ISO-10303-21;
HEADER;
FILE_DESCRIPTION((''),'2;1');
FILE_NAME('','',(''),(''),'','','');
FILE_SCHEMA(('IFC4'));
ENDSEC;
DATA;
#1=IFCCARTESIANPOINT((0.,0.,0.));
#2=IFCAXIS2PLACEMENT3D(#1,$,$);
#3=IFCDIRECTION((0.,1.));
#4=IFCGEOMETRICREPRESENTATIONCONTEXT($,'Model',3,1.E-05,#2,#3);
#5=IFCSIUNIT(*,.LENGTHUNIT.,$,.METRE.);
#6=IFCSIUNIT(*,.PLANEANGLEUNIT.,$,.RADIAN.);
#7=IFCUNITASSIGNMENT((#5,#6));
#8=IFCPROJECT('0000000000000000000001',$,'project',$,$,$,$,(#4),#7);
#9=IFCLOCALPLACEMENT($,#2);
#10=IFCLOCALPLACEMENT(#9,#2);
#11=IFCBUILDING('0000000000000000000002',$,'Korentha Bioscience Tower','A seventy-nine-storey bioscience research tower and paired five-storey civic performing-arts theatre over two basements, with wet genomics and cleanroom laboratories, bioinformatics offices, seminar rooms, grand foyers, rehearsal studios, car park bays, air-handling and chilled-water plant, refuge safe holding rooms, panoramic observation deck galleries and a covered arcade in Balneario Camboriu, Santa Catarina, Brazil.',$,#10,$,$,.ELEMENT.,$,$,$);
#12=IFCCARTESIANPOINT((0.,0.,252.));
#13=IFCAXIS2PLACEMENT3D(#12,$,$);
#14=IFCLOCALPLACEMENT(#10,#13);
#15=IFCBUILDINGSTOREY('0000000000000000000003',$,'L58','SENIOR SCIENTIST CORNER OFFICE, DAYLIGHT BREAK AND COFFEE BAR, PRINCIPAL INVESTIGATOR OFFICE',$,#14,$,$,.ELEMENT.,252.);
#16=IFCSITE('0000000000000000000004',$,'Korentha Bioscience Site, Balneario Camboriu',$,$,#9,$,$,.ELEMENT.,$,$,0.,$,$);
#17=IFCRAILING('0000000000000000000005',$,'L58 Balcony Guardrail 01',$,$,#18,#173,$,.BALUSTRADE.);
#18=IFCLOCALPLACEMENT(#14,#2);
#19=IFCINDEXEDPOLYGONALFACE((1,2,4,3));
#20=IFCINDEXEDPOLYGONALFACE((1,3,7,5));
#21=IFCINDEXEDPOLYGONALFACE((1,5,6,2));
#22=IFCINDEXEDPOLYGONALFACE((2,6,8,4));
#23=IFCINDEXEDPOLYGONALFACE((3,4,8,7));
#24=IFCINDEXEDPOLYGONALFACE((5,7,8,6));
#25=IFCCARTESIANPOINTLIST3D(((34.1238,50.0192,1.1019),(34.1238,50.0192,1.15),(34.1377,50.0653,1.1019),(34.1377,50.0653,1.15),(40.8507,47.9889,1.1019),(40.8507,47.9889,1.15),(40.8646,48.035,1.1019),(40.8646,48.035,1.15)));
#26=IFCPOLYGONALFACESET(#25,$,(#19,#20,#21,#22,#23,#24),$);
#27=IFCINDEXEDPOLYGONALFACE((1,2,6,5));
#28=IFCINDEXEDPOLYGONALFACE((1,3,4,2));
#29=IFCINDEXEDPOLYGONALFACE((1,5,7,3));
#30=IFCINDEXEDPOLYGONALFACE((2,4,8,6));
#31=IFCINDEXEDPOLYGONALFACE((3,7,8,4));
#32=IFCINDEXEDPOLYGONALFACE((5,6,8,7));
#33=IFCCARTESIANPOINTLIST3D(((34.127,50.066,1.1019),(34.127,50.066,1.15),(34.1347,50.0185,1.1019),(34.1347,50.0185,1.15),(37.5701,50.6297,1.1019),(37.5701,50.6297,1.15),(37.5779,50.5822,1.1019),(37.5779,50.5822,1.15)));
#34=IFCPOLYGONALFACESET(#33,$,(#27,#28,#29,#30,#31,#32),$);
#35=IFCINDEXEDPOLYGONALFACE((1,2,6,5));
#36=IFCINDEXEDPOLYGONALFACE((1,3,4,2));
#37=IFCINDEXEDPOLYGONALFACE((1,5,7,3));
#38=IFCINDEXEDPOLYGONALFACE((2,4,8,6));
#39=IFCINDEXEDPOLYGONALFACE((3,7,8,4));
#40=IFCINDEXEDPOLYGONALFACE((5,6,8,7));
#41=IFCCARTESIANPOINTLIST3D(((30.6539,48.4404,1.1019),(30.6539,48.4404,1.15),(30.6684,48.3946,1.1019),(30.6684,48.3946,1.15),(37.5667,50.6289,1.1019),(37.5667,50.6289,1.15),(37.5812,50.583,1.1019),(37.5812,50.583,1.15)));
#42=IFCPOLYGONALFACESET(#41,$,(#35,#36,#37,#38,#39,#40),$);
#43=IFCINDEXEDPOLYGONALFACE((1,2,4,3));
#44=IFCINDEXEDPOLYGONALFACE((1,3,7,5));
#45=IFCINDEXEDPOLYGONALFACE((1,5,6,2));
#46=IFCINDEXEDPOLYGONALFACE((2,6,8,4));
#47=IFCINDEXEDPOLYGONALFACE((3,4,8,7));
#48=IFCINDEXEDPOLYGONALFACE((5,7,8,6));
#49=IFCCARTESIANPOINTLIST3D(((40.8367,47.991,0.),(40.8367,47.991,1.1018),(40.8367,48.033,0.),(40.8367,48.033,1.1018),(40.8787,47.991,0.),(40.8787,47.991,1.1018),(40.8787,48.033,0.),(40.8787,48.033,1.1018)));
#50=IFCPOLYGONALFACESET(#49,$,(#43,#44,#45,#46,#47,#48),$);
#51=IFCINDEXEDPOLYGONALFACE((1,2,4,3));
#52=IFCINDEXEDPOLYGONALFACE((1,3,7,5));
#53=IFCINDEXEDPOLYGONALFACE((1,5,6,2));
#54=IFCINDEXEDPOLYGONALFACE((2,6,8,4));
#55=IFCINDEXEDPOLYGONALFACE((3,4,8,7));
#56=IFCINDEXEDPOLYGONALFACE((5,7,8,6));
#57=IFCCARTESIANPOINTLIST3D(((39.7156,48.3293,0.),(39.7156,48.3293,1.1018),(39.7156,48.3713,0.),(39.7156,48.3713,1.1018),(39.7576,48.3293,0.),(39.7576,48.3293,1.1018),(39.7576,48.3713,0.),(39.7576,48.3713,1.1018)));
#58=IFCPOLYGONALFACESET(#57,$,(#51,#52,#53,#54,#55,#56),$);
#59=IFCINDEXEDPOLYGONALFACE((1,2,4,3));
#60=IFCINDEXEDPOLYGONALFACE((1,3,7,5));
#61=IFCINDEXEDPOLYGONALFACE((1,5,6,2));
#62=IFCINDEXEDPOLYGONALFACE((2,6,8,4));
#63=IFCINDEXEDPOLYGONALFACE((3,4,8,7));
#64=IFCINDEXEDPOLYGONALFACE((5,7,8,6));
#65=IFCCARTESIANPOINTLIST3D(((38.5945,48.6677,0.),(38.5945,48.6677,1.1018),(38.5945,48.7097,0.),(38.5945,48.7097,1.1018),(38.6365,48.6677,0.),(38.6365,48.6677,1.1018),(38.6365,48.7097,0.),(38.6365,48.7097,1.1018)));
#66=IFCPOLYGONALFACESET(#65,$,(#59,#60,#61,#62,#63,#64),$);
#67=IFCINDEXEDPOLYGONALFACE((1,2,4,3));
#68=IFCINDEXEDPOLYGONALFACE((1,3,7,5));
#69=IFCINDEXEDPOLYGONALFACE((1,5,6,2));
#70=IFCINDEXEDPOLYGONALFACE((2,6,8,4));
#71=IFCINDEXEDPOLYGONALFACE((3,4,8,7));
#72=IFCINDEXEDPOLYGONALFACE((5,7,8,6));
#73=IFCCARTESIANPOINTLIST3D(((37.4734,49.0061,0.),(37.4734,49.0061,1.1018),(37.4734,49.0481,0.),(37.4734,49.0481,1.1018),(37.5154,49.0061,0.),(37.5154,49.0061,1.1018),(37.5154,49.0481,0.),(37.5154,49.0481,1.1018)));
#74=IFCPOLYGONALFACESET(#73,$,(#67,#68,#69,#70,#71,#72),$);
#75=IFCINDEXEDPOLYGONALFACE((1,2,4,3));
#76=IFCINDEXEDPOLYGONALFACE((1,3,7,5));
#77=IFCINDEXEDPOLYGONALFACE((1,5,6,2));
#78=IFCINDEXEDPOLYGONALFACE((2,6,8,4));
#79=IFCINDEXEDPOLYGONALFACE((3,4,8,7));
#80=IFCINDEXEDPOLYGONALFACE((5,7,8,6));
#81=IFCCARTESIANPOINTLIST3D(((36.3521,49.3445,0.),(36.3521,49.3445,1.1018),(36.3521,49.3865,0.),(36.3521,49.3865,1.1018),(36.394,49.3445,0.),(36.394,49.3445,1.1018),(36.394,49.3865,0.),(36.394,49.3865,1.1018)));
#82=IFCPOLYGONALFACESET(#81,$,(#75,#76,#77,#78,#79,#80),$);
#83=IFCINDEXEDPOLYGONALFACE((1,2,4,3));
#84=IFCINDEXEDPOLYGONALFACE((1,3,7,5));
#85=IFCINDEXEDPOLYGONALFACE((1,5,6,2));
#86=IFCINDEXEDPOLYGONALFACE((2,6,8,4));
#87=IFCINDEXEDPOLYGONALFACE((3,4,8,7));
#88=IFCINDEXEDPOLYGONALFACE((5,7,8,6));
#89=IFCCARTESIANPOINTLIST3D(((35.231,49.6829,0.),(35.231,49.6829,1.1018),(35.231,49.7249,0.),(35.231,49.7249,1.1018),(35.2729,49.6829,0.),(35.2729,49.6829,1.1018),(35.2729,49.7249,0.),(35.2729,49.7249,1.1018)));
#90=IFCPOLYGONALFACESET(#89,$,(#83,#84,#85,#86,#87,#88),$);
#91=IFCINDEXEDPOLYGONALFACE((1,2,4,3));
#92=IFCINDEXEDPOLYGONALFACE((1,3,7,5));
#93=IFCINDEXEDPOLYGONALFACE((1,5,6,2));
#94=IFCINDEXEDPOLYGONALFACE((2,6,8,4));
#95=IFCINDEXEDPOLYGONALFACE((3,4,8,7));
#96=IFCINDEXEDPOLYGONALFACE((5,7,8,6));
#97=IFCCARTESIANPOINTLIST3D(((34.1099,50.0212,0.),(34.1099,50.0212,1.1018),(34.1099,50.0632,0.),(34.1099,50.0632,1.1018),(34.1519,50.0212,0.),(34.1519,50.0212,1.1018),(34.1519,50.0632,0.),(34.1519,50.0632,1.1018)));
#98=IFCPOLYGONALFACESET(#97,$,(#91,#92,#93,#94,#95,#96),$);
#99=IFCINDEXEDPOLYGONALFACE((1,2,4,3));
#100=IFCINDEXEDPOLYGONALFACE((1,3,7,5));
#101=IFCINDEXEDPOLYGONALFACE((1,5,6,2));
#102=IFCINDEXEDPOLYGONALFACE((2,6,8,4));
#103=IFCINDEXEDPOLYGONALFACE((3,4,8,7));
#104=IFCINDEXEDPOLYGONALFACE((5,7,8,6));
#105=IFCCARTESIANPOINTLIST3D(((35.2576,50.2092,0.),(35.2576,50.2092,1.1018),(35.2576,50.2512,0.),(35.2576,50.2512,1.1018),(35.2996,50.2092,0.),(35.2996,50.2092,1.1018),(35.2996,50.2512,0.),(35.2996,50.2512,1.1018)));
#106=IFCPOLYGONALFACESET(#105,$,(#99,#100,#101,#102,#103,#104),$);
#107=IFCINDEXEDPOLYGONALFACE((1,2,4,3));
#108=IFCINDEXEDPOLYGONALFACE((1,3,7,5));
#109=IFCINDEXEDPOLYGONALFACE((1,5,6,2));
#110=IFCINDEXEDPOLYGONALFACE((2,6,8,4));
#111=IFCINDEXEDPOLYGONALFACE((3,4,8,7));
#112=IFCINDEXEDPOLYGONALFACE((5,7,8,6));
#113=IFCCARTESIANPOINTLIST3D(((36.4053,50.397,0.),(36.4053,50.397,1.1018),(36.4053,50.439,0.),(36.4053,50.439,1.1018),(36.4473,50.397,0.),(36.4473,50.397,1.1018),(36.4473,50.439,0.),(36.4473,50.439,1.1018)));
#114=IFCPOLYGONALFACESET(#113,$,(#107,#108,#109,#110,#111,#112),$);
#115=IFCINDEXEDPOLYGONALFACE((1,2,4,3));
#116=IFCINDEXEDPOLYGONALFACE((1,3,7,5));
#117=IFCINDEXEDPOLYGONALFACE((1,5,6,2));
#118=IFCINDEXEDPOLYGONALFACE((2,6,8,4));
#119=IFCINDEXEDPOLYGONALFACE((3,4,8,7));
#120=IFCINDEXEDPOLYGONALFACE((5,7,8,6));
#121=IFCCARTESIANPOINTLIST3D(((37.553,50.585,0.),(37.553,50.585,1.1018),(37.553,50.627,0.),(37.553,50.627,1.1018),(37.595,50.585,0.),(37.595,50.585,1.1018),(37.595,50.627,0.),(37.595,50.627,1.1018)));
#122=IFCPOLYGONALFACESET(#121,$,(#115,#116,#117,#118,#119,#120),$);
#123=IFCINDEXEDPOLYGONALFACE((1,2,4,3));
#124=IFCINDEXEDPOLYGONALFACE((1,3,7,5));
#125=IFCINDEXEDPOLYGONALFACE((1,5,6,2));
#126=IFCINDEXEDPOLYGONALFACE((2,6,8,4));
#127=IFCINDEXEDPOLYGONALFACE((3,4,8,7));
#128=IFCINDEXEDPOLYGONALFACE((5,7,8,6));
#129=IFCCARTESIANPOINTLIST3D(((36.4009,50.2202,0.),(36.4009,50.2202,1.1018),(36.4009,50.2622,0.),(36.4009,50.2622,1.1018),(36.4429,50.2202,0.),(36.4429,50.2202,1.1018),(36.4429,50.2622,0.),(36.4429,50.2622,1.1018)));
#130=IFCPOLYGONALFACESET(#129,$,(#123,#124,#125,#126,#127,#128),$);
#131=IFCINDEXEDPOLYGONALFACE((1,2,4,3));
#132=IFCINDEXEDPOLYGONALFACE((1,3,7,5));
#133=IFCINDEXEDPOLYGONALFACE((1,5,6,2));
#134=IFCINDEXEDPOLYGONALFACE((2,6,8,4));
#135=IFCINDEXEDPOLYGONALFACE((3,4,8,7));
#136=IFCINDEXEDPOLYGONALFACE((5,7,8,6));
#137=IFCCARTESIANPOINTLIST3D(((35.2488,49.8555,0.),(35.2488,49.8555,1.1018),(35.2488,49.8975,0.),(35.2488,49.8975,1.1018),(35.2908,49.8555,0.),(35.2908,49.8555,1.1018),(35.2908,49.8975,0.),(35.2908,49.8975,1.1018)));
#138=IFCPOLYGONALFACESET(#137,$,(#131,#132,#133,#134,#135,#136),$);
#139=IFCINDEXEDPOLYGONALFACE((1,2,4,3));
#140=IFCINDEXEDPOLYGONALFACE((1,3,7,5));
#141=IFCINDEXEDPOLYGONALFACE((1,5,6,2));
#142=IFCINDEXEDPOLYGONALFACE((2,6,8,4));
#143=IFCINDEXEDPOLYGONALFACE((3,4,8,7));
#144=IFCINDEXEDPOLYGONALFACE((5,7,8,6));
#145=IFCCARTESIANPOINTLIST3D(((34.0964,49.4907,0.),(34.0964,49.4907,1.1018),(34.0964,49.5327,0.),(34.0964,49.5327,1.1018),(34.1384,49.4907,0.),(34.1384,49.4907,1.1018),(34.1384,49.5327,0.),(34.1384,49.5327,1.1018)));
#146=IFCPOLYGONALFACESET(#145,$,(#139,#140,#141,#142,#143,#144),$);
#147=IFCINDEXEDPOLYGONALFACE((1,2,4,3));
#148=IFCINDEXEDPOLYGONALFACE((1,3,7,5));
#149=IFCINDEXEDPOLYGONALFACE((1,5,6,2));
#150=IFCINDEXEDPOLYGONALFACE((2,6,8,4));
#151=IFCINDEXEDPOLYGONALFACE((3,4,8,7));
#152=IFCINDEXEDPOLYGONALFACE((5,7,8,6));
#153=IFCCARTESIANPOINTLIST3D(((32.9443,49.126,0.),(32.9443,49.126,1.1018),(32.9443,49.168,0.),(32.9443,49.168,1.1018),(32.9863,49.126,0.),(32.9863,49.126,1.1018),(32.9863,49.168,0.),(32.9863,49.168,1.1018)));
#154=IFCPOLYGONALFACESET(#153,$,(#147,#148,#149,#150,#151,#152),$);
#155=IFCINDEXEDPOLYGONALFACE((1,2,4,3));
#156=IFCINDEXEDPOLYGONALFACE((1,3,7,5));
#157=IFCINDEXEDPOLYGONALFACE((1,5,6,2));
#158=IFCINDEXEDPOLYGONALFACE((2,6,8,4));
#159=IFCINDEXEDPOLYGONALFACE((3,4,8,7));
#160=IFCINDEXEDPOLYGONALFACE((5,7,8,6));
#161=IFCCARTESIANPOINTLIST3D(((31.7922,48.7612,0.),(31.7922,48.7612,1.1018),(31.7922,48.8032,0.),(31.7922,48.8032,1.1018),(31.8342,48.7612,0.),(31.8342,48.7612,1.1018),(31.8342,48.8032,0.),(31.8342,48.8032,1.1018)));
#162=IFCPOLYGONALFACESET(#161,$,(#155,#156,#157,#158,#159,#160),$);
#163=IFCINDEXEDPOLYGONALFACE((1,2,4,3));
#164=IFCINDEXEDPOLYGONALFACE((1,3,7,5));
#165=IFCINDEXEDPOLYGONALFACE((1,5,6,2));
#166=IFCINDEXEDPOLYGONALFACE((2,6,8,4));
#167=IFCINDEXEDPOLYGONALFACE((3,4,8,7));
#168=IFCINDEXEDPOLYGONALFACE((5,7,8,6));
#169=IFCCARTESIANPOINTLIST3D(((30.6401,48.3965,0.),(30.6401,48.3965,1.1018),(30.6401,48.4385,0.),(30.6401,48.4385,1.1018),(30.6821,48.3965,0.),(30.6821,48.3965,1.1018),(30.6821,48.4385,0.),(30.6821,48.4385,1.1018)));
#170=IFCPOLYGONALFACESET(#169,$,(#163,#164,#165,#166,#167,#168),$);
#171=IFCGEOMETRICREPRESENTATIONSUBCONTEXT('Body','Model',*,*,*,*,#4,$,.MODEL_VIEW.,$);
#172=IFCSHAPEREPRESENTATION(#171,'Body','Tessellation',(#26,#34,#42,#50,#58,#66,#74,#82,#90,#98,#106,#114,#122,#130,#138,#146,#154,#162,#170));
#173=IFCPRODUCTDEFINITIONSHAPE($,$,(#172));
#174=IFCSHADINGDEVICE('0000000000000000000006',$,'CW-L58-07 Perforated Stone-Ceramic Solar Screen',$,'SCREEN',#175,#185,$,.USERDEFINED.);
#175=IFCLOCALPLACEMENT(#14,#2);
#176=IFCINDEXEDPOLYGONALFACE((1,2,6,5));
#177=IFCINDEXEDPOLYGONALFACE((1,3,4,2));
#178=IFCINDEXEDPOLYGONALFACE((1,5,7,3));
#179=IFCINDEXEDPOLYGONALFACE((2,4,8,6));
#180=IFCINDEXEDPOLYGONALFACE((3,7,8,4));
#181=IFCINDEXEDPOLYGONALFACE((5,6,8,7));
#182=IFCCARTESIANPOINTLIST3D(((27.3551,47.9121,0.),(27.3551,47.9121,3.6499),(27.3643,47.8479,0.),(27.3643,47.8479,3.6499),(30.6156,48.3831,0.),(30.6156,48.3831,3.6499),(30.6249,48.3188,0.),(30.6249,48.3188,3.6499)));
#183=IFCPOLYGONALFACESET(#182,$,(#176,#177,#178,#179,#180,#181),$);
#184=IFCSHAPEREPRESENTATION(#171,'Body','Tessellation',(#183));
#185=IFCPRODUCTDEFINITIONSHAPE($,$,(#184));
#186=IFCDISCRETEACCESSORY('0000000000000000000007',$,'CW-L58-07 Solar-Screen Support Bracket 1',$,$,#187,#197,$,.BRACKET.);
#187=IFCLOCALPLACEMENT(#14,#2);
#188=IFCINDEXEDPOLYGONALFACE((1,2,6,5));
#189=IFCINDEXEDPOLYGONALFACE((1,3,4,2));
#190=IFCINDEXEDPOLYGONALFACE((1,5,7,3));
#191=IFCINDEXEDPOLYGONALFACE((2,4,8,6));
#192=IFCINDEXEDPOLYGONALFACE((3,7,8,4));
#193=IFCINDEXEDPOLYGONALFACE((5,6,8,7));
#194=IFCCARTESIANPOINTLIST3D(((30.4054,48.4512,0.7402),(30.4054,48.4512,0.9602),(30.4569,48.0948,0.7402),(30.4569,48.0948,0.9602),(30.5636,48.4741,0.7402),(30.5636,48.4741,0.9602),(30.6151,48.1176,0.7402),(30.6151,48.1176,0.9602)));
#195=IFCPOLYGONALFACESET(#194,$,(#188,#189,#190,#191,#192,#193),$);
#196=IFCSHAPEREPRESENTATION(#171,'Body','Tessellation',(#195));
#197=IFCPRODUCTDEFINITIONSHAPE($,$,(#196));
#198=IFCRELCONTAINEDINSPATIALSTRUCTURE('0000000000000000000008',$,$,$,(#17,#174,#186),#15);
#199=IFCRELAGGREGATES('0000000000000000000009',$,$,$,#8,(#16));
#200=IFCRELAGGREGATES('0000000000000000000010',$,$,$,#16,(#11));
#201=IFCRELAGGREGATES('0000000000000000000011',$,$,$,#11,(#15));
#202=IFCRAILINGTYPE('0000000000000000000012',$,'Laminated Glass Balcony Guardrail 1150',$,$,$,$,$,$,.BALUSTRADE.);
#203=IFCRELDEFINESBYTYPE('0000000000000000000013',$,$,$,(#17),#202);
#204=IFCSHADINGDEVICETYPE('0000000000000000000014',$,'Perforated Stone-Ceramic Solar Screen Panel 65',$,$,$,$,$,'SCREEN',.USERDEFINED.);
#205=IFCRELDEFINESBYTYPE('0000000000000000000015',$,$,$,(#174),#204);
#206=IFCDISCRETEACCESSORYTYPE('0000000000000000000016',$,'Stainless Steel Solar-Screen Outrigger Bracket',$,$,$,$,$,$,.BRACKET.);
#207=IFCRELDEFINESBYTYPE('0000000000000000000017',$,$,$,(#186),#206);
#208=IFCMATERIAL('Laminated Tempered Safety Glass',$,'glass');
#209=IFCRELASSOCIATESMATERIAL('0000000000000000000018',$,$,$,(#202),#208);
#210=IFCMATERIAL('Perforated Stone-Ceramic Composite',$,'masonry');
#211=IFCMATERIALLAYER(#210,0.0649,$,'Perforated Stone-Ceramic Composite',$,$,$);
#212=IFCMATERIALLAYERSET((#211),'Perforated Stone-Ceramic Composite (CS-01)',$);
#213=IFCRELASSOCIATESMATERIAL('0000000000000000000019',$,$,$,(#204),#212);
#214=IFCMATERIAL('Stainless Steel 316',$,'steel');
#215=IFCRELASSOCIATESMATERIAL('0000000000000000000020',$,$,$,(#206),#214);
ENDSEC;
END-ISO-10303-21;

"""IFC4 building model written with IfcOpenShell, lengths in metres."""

from ifc_helpers import new_model, si_unit, direction, frame, origin, origin_2d, place, context, subcontext, project, spatial, rectangle, extrude, material, layer, layer_set, type_object, element, save


model = new_model("IFC4")

# Units and contexts
model_context = context("Model", 3, precision=1e-05, world=origin(), true_north=direction((0.0, 1.0)))
body_context = subcontext(model_context, "Body", "Model", "MODEL_VIEW")
ifc_project = project(units=[si_unit("LENGTHUNIT", "METRE"), si_unit("PLANEANGLEUNIT", "RADIAN")], contexts=[model_context])

# Site, building, storey
site_placement = place(None, origin())
site = spatial("IfcSite", under=ifc_project, at=site_placement, Name="Korentha Bioscience Site, Balneario Camboriu", CompositionType="ELEMENT", RefElevation=0.0)
building_placement = place(site_placement, origin())
building = spatial("IfcBuilding", under=site, at=building_placement, Name="Korentha Bioscience Tower", Description="A seventy-nine-storey bioscience research tower and paired five-storey civic performing-arts theatre over two basements, with wet genomics and cleanroom laboratories, bioinformatics offices, seminar rooms, grand foyers, rehearsal studios, car park bays, air-handling and chilled-water plant, refuge safe holding rooms, panoramic observation deck galleries and a covered arcade in Balneario Camboriu, Santa Catarina, Brazil.", CompositionType="ELEMENT")
storey_placement = place(building_placement, frame((0.0, 0.0, 252.0)))
storey = spatial("IfcBuildingStorey", under=building, at=storey_placement, Name="L58", Description="SENIOR SCIENTIST CORNER OFFICE, DAYLIGHT BREAK AND COFFEE BAR, PRINCIPAL INVESTIGATOR OFFICE", CompositionType="ELEMENT", Elevation=252.0)

# Railing
ifc_material_1 = material(Name="Laminated Tempered Safety Glass", Category="glass")
railing_type = type_object("IfcRailingType", Name="Laminated Glass Balcony Guardrail 1150", PredefinedType="BALUSTRADE", material=ifc_material_1)
railing_placement = place(storey_placement, frame((40.8577, 48.012, 0.0)))
element("IfcRailing", 1, at=railing_placement, inside=storey, type_object=railing_type, Name="L58 Balcony Guardrail 01", PredefinedType="BALUSTRADE", context=body_context, shape_type="SweptSolid", body=[
    extrude(rectangle(XDim=0.0481, YDim=0.0481, at=origin_2d()), frame((0.0, 0.0, 1.126), z_axis=(-0.957346, 0.288945, 0.0), x_axis=(-0.288945, -0.957346, 0.0)), (0.0, 0.0, 1.0), 7.0266),
    extrude(rectangle(XDim=0.0481, YDim=0.0481, at=origin_2d()), frame((-6.7268, 2.0303, 1.126), z_axis=(0.986861, 0.161573, 0.0), x_axis=(-0.161573, 0.986861, 0.0)), (0.0, 0.0, 1.0), 3.489),
    extrude(rectangle(XDim=0.0481, YDim=0.0481, at=origin_2d()), frame((-3.2837, 2.594, 1.126), z_axis=(-0.953366, -0.301818, 0.0), x_axis=(0.301818, -0.953366, 0.0)), (0.0, 0.0, 1.0), 7.251),
    extrude(rectangle(XDim=0.042, YDim=0.042, at=origin_2d()), origin(), (0.0, 0.0, 1.0), 1.1018),
    extrude(rectangle(XDim=0.042, YDim=0.042, at=origin_2d()), frame((-1.1211, 0.3384, 0.0)), (0.0, 0.0, 1.0), 1.1018),
    extrude(rectangle(XDim=0.042, YDim=0.042, at=origin_2d()), frame((-2.2422, 0.6768, 0.0)), (0.0, 0.0, 1.0), 1.1018),
    extrude(rectangle(XDim=0.042, YDim=0.042, at=origin_2d()), frame((-3.3633, 1.0151, 0.0)), (0.0, 0.0, 1.0), 1.1018),
    extrude(rectangle(XDim=0.042, YDim=0.042, at=origin_2d()), frame((-4.4846, 1.3535, 0.0)), (0.0, 0.0, 1.0), 1.1018),
    extrude(rectangle(XDim=0.042, YDim=0.042, at=origin_2d()), frame((-5.6057, 1.6919, 0.0)), (0.0, 0.0, 1.0), 1.1018),
    extrude(rectangle(XDim=0.042, YDim=0.042, at=origin_2d()), frame((-6.7268, 2.0303, 0.0)), (0.0, 0.0, 1.0), 1.1018),
    extrude(rectangle(XDim=0.042, YDim=0.042, at=origin_2d()), frame((-5.5791, 2.2183, 0.0)), (0.0, 0.0, 1.0), 1.1018),
    extrude(rectangle(XDim=0.042, YDim=0.042, at=origin_2d()), frame((-4.4314, 2.406, 0.0)), (0.0, 0.0, 1.0), 1.1018),
    extrude(rectangle(XDim=0.042, YDim=0.042, at=origin_2d()), frame((-3.2837, 2.594, 0.0)), (0.0, 0.0, 1.0), 1.1018),
    extrude(rectangle(XDim=0.042, YDim=0.042, at=origin_2d()), frame((-4.4358, 2.2292, 0.0)), (0.0, 0.0, 1.0), 1.1018),
    extrude(rectangle(XDim=0.042, YDim=0.042, at=origin_2d()), frame((-5.5879, 1.8645, 0.0)), (0.0, 0.0, 1.0), 1.1018),
    extrude(rectangle(XDim=0.042, YDim=0.042, at=origin_2d()), frame((-6.7402, 1.4998, 0.0)), (0.0, 0.0, 1.0), 1.1018),
    extrude(rectangle(XDim=0.042, YDim=0.042, at=origin_2d()), frame((-7.8923, 1.135, 0.0)), (0.0, 0.0, 1.0), 1.1018),
    extrude(rectangle(XDim=0.042, YDim=0.042, at=origin_2d()), frame((-9.0444, 0.7703, 0.0)), (0.0, 0.0, 1.0), 1.1018),
    extrude(rectangle(XDim=0.042, YDim=0.042, at=origin_2d()), frame((-10.1965, 0.4055, 0.0)), (0.0, 0.0, 1.0), 1.1018),
])

# Shading device
ifc_material_2 = material(Name="Perforated Stone-Ceramic Composite", Category="masonry")
ifc_layer_1 = layer(ifc_material_2, 0.0649, Name="Perforated Stone-Ceramic Composite")
ifc_layer_set_1 = layer_set([ifc_layer_1], Name="Perforated Stone-Ceramic Composite (CS-01)")
shading_device_type = type_object("IfcShadingDeviceType", Name="Perforated Stone-Ceramic Solar Screen Panel 65", ElementType="SCREEN", PredefinedType="USERDEFINED", material=ifc_layer_set_1)
shading_device_placement = place(storey_placement, frame((28.99, 48.1155, 0.0), z_axis=(0.0, 0.0, 1.0), x_axis=(-0.989729, -0.142956, 0.0)))
element("IfcShadingDevice", 2, at=shading_device_placement, inside=storey, type_object=shading_device_type, Name="CW-L58-07 Perforated Stone-Ceramic Solar Screen", ObjectType="SCREEN", PredefinedType="USERDEFINED", context=body_context, shape_type="SweptSolid", body=[
    extrude(rectangle(XDim=3.2944, YDim=0.0649, at=origin_2d()), origin(), (0.0, 0.0, 1.0), 3.6499),
])

# Discrete accessory
ifc_material_3 = material(Name="Stainless Steel 316", Category="steel")
discrete_accessory_type = type_object("IfcDiscreteAccessoryType", Name="Stainless Steel Solar-Screen Outrigger Bracket", PredefinedType="BRACKET", material=ifc_material_3)
discrete_accessory_placement = place(storey_placement, frame((30.5103, 48.2844, 0.7402), z_axis=(0.0, 0.0, 1.0), x_axis=(-0.989729, -0.142956, 0.0)))
element("IfcDiscreteAccessory", 3, at=discrete_accessory_placement, inside=storey, type_object=discrete_accessory_type, Name="CW-L58-07 Solar-Screen Support Bracket 1", PredefinedType="BRACKET", context=body_context, shape_type="SweptSolid", body=[
    extrude(rectangle(XDim=0.1599, YDim=0.3601, at=origin_2d()), origin(), (0.0, 0.0, 1.0), 0.22),
])

save(model, "model.ifc")
